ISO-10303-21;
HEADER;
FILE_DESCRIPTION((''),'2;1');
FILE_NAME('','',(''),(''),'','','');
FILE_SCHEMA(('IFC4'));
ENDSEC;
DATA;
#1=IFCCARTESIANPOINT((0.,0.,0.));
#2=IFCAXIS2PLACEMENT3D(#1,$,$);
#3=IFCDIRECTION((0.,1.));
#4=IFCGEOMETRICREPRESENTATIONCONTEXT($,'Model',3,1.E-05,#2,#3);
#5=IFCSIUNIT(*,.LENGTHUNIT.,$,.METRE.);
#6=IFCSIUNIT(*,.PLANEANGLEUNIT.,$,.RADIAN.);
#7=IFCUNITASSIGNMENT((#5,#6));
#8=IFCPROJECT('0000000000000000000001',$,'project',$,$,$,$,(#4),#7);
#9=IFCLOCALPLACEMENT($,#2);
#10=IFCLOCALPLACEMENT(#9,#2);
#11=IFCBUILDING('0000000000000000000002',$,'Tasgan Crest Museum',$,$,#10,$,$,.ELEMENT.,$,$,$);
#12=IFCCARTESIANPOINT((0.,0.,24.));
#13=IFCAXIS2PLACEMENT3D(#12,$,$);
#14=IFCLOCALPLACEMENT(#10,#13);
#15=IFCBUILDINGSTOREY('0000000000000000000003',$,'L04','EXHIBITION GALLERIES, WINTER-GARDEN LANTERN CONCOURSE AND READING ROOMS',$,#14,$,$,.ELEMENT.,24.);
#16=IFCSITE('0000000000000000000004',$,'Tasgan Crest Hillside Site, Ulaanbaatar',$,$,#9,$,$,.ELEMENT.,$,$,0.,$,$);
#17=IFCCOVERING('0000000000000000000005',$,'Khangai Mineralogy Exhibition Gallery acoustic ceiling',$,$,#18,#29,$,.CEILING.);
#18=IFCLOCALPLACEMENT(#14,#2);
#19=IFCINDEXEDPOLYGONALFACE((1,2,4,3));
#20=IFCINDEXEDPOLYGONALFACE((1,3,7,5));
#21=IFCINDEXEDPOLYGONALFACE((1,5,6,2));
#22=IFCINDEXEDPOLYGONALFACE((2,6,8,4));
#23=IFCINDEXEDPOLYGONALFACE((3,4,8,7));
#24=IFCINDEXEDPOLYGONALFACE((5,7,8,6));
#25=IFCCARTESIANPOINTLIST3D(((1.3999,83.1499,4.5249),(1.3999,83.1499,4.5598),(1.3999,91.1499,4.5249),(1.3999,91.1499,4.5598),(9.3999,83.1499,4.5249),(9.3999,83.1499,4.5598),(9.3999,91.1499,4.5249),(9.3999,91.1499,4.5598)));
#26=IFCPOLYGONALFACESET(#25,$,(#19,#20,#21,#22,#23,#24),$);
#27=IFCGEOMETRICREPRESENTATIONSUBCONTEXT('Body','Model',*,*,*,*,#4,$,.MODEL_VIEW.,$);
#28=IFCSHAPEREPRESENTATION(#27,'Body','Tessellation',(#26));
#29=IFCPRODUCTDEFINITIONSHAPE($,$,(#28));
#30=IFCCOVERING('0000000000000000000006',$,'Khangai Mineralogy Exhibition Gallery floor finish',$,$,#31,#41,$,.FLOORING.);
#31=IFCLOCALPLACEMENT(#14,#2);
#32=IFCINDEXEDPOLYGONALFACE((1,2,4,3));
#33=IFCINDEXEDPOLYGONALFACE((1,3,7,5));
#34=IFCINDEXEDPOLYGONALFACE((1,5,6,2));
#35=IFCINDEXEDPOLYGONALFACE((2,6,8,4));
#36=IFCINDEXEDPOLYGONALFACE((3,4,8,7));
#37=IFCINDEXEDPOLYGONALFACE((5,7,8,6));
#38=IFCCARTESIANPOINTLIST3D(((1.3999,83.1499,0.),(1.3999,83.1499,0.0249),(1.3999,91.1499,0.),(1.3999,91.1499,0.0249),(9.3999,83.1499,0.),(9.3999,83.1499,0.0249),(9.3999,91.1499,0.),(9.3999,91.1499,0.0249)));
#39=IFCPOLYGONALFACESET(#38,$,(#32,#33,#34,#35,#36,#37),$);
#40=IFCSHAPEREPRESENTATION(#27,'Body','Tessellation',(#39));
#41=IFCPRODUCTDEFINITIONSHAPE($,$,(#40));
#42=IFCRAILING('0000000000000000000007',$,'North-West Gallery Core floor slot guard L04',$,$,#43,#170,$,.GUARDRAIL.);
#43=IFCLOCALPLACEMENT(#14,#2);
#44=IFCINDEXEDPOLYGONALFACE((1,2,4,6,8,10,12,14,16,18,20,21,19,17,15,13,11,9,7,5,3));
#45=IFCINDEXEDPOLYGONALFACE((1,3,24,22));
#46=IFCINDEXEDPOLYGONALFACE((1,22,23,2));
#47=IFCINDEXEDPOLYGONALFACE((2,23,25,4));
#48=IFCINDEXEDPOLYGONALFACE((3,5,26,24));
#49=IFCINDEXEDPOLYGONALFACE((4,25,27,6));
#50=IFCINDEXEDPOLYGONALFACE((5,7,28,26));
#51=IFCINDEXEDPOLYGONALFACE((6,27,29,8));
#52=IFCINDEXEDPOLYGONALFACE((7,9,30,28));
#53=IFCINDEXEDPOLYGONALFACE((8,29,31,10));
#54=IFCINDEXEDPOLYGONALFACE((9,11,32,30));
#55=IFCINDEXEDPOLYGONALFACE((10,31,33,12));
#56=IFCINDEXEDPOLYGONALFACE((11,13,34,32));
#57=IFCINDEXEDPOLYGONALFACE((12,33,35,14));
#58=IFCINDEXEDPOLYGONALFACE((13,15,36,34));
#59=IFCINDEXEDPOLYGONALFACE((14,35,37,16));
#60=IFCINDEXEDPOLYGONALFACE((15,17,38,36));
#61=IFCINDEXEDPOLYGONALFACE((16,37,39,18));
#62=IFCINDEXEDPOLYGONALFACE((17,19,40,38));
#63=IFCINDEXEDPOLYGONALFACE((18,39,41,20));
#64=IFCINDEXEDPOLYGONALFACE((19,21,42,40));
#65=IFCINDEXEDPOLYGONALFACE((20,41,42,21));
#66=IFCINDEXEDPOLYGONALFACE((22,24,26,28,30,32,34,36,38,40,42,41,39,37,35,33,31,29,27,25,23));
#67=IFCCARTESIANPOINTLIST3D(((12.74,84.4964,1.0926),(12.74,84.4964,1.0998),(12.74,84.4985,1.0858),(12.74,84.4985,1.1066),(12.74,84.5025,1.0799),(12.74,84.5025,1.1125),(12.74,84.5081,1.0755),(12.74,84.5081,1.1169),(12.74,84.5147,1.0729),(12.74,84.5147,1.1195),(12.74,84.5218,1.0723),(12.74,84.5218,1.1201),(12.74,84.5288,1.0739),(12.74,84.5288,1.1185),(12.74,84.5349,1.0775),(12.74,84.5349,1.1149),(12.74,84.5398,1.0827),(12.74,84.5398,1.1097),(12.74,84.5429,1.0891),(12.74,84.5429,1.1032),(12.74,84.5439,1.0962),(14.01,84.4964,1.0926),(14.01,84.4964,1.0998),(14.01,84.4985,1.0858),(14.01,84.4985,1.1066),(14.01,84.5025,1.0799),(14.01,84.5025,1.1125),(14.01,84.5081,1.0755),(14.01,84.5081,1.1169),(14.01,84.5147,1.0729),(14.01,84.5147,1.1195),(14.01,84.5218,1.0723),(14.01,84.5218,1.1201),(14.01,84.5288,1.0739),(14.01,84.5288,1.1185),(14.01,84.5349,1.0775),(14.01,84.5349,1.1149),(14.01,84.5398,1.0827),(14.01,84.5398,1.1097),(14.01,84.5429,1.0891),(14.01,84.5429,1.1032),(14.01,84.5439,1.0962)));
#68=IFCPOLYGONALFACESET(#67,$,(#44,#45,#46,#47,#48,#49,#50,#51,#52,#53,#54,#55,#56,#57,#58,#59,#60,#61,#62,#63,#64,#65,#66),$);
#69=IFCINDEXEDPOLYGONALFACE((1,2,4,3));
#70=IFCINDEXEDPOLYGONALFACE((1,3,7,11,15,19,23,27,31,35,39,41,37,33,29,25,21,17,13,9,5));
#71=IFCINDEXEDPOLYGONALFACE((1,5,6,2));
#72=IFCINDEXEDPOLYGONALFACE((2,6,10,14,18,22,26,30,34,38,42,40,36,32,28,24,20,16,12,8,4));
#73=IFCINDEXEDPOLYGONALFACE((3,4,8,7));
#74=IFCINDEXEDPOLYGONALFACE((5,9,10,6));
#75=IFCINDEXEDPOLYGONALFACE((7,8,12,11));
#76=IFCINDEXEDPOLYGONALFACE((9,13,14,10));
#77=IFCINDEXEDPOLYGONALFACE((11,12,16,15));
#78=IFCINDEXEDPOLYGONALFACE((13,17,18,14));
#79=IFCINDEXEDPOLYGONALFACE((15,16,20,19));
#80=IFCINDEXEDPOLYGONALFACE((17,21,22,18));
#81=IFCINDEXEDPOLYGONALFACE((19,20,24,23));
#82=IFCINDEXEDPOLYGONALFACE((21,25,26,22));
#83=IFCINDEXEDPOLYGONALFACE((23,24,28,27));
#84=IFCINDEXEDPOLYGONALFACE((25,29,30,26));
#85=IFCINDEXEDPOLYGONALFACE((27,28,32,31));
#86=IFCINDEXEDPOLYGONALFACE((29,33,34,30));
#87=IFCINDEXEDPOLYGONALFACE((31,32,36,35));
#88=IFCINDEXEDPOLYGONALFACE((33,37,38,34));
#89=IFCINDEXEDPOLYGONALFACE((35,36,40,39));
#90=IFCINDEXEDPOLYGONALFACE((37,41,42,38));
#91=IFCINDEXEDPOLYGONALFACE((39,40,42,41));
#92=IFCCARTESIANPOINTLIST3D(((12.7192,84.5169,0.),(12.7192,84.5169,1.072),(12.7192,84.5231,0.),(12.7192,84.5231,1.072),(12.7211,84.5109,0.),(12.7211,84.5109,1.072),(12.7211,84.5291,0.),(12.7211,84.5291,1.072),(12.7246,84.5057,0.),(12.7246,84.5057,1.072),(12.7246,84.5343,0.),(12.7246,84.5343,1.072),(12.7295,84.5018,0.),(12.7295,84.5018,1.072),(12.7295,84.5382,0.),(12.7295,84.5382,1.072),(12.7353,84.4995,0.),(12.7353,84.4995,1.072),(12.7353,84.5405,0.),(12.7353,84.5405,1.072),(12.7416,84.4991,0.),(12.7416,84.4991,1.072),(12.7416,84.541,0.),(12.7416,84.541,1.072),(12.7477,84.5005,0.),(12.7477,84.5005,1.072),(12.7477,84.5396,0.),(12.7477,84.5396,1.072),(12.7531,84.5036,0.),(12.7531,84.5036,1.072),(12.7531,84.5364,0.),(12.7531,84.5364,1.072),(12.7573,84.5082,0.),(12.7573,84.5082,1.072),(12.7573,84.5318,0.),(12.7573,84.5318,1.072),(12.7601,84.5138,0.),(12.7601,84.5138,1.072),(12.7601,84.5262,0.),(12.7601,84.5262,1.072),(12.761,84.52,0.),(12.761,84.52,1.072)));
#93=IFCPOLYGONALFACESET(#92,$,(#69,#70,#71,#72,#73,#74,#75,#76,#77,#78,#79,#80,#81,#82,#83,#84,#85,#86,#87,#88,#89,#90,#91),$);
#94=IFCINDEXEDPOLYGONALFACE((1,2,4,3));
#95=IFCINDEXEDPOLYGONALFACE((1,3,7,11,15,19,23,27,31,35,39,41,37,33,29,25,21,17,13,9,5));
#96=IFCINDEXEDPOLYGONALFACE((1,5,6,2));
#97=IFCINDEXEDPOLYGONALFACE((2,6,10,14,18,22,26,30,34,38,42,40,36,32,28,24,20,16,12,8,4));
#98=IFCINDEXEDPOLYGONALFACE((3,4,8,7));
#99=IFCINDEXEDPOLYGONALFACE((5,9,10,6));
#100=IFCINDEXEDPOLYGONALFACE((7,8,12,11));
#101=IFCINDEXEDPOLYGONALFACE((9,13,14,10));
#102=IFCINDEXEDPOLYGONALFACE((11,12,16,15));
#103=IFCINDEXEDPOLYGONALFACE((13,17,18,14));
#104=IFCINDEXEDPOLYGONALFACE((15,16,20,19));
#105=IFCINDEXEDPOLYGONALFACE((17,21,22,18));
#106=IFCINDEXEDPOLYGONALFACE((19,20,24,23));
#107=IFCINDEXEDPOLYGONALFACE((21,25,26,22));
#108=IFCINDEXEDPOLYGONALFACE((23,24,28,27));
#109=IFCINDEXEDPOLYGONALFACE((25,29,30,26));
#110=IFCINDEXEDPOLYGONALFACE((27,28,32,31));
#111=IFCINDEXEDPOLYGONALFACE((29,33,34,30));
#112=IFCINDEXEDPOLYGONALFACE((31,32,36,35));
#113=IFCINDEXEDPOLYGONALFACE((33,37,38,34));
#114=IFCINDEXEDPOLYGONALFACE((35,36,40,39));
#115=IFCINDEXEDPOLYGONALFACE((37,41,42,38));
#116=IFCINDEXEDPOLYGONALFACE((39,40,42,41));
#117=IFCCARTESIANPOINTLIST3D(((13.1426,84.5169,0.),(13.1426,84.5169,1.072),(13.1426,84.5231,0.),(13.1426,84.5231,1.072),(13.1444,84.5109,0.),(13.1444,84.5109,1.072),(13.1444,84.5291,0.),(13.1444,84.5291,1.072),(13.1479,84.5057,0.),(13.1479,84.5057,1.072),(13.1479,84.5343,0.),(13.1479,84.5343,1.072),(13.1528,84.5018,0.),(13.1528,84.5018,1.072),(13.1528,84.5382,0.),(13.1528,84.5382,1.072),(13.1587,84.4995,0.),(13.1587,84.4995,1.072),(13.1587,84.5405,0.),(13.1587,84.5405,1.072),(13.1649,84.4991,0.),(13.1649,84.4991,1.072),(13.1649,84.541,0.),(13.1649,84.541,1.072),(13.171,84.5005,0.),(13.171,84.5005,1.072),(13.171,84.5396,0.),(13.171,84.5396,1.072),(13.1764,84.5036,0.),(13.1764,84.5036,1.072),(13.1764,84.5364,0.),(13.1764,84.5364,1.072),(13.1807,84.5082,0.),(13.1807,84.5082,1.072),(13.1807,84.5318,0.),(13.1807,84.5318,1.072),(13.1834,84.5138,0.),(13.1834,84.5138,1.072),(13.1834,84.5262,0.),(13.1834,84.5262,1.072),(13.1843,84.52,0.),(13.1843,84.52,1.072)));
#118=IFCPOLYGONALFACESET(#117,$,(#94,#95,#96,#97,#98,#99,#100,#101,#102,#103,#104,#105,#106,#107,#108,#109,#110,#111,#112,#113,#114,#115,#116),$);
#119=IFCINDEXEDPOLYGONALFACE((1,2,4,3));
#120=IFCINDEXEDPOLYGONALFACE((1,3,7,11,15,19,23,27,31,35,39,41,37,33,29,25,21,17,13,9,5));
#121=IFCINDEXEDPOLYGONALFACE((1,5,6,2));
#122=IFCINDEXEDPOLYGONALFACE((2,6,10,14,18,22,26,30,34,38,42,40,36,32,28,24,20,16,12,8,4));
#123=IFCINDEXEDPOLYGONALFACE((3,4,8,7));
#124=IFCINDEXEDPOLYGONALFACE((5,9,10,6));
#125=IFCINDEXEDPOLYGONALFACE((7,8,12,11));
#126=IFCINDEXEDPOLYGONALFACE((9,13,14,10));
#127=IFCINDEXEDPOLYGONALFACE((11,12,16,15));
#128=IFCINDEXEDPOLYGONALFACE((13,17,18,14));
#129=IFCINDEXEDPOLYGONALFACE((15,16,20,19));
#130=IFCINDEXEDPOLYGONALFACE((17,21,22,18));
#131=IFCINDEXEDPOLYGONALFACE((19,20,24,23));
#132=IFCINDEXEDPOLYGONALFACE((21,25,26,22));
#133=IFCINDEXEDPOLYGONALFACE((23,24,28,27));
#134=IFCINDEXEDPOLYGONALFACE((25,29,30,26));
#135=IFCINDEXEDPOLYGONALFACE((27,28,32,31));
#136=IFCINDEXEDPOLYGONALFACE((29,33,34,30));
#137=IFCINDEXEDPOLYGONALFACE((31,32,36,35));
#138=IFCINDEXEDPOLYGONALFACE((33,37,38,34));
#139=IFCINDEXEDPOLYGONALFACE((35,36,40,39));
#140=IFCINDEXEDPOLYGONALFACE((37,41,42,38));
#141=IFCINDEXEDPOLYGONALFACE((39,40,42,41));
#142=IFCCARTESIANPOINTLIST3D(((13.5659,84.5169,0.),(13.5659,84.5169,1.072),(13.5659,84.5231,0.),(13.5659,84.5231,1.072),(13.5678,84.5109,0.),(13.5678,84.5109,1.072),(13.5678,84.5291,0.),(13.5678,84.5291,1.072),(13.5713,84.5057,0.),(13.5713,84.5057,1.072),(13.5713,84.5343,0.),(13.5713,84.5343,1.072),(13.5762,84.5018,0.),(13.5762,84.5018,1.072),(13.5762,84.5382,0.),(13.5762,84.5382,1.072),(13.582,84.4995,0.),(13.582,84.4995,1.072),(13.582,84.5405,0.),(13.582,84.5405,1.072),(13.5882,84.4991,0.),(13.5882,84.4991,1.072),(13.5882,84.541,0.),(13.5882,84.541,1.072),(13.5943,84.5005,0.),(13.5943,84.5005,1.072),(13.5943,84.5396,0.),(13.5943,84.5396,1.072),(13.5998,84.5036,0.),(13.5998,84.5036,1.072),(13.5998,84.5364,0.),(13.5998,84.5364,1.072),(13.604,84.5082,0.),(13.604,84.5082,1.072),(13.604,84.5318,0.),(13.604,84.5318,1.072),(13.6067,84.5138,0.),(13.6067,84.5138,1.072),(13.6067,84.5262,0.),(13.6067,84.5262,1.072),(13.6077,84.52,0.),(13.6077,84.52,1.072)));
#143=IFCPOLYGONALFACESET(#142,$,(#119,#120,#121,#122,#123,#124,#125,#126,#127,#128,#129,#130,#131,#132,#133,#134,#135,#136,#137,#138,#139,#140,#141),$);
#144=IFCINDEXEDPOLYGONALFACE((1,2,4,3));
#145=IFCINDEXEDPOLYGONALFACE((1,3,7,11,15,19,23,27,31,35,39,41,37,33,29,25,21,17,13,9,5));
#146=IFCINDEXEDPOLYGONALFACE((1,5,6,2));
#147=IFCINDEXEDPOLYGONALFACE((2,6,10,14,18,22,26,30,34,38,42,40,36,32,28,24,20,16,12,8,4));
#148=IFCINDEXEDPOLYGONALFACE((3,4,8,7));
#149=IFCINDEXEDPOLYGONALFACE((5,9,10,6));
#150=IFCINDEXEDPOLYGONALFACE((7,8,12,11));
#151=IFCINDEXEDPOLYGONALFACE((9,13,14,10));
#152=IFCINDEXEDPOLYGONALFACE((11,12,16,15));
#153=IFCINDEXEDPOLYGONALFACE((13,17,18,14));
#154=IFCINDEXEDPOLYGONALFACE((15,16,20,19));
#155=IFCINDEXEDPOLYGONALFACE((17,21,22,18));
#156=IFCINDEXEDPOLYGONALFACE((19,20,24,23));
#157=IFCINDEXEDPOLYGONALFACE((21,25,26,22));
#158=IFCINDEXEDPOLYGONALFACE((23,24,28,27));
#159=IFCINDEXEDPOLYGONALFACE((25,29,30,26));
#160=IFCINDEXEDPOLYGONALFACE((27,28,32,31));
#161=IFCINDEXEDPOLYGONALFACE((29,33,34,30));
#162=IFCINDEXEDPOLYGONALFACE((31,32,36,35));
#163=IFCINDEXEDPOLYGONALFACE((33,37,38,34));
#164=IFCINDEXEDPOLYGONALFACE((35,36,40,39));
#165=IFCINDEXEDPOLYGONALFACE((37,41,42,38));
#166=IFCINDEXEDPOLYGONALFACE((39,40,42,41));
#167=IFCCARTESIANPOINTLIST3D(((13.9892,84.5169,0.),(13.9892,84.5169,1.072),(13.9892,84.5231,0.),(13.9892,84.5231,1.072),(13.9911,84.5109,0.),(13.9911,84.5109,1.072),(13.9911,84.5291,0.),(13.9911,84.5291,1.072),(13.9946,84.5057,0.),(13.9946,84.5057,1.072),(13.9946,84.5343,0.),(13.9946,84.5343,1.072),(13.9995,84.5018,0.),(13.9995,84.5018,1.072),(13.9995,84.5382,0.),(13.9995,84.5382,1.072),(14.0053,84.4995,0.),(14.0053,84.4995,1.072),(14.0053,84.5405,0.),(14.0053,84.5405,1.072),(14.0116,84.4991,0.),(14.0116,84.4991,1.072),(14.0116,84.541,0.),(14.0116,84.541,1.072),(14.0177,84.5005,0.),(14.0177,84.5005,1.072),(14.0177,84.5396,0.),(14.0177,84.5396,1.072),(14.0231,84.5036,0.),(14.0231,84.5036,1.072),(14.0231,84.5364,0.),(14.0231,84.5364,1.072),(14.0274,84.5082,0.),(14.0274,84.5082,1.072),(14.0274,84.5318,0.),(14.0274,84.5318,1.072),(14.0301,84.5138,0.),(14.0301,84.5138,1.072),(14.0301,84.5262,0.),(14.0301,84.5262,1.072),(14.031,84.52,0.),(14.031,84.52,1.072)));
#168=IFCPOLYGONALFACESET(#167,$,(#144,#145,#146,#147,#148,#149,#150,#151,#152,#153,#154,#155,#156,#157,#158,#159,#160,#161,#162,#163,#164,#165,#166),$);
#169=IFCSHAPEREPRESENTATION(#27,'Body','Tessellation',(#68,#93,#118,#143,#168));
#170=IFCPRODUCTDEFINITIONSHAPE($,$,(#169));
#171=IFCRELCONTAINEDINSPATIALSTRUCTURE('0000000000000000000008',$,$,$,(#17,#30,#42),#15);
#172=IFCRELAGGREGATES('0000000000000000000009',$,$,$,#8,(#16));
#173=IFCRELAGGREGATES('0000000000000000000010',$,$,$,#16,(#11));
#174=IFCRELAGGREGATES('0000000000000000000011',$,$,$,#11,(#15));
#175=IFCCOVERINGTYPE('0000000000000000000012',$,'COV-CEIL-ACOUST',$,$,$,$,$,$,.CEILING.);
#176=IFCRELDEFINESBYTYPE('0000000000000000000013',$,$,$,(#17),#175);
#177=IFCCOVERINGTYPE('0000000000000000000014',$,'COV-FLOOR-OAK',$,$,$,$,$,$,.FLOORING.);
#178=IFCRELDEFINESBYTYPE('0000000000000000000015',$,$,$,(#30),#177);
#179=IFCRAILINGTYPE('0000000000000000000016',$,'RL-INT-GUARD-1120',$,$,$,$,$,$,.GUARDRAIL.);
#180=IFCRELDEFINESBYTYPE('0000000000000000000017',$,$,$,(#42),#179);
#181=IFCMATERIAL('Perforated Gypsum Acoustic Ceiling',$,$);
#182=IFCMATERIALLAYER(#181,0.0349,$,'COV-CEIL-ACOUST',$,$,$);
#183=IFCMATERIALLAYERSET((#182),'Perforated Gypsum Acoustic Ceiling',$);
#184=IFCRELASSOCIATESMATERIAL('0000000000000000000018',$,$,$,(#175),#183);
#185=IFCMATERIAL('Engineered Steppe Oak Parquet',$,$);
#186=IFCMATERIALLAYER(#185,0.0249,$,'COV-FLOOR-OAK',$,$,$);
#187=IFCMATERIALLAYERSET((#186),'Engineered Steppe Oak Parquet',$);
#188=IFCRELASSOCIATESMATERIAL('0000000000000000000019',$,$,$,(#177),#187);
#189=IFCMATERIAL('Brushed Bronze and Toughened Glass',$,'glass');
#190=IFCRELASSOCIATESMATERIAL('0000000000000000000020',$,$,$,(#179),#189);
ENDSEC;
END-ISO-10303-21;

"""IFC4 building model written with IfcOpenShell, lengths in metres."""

from ifc_helpers import new_model, si_unit, direction, frame, origin, origin_2d, place, context, subcontext, project, spatial, rectangle, circle, extrude, material, layer, layer_set, type_object, element, save


model = new_model("IFC4")

# Units and contexts
model_context = context("Model", 3, precision=1e-05, world=origin(), true_north=direction((0.0, 1.0)))
body_context = subcontext(model_context, "Body", "Model", "MODEL_VIEW")
ifc_project = project(units=[si_unit("LENGTHUNIT", "METRE"), si_unit("PLANEANGLEUNIT", "RADIAN")], contexts=[model_context])

# Site, building, storey
site_placement = place(None, origin())
site = spatial("IfcSite", under=ifc_project, at=site_placement, Name="Tasgan Crest Hillside Site, Ulaanbaatar", CompositionType="ELEMENT", RefElevation=0.0)
building_placement = place(site_placement, origin())
building = spatial("IfcBuilding", under=site, at=building_placement, Name="Tasgan Crest Museum", CompositionType="ELEMENT")
storey_placement = place(building_placement, frame((0.0, 0.0, 24.0)))
storey = spatial("IfcBuildingStorey", under=building, at=storey_placement, Name="L04", Description="EXHIBITION GALLERIES, WINTER-GARDEN LANTERN CONCOURSE AND READING ROOMS", CompositionType="ELEMENT", Elevation=24.0)

# Coverings
ifc_material_1 = material(Name="Perforated Gypsum Acoustic Ceiling")
ifc_layer_1 = layer(ifc_material_1, 0.0349, Name="COV-CEIL-ACOUST")
ifc_layer_set_1 = layer_set([ifc_layer_1], Name="Perforated Gypsum Acoustic Ceiling")
covering_type_1 = type_object("IfcCoveringType", Name="COV-CEIL-ACOUST", PredefinedType="CEILING", material=ifc_layer_set_1)
covering_1_placement = place(storey_placement, frame((5.3999, 87.1499, 4.5249), z_axis=(0.0, 0.0, 1.0), x_axis=(1.0, 0.0, 0.0)))
element("IfcCovering", 1, at=covering_1_placement, inside=storey, type_object=covering_type_1, Name="Khangai Mineralogy Exhibition Gallery acoustic ceiling", PredefinedType="CEILING", context=body_context, shape_type="SweptSolid", body=[
    extrude(rectangle(XDim=8.0, YDim=8.0, at=origin_2d()), origin(), (0.0, 0.0, 1.0), 0.0349),
])
ifc_material_2 = material(Name="Engineered Steppe Oak Parquet")
ifc_layer_2 = layer(ifc_material_2, 0.0249, Name="COV-FLOOR-OAK")
ifc_layer_set_2 = layer_set([ifc_layer_2], Name="Engineered Steppe Oak Parquet")
covering_type_2 = type_object("IfcCoveringType", Name="COV-FLOOR-OAK", PredefinedType="FLOORING", material=ifc_layer_set_2)
covering_2_placement = place(storey_placement, frame((5.3999, 87.1499, 0.0), z_axis=(0.0, 0.0, 1.0), x_axis=(1.0, 0.0, 0.0)))
element("IfcCovering", 2, at=covering_2_placement, inside=storey, type_object=covering_type_2, Name="Khangai Mineralogy Exhibition Gallery floor finish", PredefinedType="FLOORING", context=body_context, shape_type="SweptSolid", body=[
    extrude(rectangle(XDim=8.0, YDim=8.0, at=origin_2d()), origin(), (0.0, 0.0, 1.0), 0.0249),
])

# Railing
ifc_material_3 = material(Name="Brushed Bronze and Toughened Glass", Category="glass")
railing_type_1 = type_object("IfcRailingType", Name="RL-INT-GUARD-1120", PredefinedType="GUARDRAIL", material=ifc_material_3)
railing_placement = place(storey_placement, frame((12.74, 84.52, 0.0)))
element("IfcRailing", 3, at=railing_placement, inside=storey, type_object=railing_type_1, Name="North-West Gallery Core floor slot guard L04", PredefinedType="GUARDRAIL", context=body_context, shape_type="SweptSolid", body=[
    extrude(circle(Radius=0.0239, at=origin_2d()), frame((0.0, 0.0, 1.0962), z_axis=(1.0, 0.0, 0.0), x_axis=(0.0, 1.0, 0.0)), (0.0, 0.0, 1.0), 1.27),
    extrude(circle(Radius=0.021, at=origin_2d()), origin(), (0.0, 0.0, 1.0), 1.072),
    extrude(circle(Radius=0.021, at=origin_2d()), frame((0.4233, 0.0, 0.0)), (0.0, 0.0, 1.0), 1.072),
    extrude(circle(Radius=0.021, at=origin_2d()), frame((0.8467, 0.0, 0.0)), (0.0, 0.0, 1.0), 1.072),
    extrude(circle(Radius=0.021, at=origin_2d()), frame((1.27, 0.0, 0.0)), (0.0, 0.0, 1.0), 1.072),
])

save(model, "model.ifc")
